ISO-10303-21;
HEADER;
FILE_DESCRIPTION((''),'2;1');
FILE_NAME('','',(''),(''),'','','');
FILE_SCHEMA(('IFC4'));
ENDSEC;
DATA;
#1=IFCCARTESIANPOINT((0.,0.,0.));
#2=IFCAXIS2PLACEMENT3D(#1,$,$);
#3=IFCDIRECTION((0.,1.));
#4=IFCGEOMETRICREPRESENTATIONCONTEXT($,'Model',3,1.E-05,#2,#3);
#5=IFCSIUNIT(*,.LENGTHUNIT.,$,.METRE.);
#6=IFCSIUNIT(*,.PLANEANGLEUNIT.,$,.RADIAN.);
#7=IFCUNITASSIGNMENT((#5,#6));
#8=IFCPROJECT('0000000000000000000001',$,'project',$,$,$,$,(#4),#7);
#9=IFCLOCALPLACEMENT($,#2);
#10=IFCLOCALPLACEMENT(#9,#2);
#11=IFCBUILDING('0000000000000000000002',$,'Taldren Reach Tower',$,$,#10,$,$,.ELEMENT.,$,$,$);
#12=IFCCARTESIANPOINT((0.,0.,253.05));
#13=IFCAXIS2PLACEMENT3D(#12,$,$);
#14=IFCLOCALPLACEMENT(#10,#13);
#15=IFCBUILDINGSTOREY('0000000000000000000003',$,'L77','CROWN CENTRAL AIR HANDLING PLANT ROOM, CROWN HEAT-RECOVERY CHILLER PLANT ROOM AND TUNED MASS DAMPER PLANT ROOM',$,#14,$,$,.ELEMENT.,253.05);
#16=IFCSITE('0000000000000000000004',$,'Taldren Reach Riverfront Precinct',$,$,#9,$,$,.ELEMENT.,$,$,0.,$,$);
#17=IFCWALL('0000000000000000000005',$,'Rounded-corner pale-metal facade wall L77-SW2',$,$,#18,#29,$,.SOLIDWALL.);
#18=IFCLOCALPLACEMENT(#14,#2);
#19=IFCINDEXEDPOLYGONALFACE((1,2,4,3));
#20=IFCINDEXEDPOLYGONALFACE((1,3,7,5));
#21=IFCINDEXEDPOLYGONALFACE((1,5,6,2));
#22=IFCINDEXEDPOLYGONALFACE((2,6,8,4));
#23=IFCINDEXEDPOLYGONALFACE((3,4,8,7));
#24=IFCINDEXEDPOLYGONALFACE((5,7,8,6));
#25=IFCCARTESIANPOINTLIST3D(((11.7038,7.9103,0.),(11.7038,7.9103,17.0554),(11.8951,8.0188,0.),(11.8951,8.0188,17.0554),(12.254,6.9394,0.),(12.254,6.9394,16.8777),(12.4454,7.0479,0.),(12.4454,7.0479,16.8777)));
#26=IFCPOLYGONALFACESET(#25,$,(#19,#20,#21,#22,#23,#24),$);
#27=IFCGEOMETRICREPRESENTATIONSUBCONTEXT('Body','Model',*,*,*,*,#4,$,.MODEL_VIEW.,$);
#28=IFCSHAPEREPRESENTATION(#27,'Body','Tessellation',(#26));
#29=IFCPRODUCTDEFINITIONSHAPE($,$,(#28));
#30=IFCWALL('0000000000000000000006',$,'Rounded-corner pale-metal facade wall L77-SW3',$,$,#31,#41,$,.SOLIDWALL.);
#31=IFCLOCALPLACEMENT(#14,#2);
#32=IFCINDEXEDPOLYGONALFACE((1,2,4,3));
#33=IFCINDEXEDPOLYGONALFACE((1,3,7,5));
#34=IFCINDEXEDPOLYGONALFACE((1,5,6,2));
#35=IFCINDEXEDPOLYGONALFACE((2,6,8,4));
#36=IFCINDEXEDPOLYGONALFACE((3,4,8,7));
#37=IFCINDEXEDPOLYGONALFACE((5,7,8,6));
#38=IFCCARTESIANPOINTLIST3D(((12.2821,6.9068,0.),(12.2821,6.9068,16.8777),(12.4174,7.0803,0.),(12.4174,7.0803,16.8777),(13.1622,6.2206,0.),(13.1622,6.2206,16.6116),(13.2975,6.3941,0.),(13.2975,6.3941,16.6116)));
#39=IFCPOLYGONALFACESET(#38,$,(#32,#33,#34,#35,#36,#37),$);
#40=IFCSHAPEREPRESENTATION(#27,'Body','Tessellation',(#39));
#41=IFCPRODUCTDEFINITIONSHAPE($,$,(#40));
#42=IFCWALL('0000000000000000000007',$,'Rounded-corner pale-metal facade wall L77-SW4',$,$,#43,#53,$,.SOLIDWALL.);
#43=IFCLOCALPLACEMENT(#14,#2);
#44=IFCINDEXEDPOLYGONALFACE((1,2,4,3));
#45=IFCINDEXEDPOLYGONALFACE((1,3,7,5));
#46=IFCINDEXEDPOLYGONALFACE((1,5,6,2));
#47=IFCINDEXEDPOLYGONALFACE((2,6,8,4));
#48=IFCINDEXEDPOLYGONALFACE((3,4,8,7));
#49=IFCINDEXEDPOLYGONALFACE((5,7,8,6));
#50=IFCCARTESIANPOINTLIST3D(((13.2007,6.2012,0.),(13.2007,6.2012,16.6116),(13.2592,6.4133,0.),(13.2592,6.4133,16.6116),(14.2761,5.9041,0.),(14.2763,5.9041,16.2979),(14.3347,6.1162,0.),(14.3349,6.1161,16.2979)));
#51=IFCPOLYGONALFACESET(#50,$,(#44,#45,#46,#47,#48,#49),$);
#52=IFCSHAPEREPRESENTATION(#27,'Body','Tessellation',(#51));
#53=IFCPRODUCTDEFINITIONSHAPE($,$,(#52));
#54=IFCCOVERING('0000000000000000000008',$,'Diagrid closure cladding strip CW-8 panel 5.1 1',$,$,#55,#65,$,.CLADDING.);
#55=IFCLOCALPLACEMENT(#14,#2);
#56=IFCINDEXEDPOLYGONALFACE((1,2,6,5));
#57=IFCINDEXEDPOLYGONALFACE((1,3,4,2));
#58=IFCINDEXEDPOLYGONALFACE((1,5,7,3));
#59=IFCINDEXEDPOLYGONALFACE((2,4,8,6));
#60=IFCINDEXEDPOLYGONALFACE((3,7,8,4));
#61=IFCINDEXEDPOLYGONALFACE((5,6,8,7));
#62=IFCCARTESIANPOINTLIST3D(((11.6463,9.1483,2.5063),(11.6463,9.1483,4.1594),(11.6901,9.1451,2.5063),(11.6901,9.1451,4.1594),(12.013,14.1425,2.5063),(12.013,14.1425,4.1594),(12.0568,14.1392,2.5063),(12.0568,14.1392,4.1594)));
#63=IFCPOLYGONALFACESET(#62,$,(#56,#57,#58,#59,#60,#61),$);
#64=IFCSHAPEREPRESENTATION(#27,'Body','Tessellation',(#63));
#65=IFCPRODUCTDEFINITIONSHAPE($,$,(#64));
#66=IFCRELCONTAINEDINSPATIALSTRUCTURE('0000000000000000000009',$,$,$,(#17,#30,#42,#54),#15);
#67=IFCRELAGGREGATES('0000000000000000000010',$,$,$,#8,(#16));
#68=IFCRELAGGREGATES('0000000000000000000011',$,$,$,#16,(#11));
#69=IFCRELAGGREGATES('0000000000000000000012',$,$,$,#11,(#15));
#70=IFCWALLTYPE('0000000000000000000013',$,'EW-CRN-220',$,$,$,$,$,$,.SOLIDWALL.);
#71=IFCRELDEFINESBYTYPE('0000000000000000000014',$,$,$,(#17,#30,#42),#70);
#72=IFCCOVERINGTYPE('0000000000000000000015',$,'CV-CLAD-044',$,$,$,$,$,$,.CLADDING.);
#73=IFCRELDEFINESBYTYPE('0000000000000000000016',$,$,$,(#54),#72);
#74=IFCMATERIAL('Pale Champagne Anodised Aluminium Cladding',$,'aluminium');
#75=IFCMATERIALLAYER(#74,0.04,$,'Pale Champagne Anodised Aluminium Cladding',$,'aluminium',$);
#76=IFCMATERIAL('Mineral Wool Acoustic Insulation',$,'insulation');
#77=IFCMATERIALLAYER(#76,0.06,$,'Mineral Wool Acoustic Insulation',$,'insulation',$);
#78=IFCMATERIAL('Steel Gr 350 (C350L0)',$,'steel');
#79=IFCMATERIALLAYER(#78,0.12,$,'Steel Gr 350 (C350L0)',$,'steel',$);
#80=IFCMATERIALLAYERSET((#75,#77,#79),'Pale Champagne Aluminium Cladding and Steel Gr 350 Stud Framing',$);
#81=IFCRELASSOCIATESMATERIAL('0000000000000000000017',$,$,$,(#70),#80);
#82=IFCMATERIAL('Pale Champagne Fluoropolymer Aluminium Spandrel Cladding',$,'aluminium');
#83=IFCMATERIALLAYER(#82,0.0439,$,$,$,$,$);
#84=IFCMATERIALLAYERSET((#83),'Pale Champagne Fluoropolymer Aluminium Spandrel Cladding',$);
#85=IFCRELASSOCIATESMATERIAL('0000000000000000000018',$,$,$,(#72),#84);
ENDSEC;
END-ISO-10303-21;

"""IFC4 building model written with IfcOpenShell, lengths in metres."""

from ifc_helpers import new_model, si_unit, direction, frame, origin, origin_2d, place, context, subcontext, project, spatial, polyline, rectangle, outline, extrude, source, transform, mapped, material, layer, layer_set, type_object, element, save


model = new_model("IFC4")

# Units and contexts
model_context = context("Model", 3, precision=1e-05, world=origin(), true_north=direction((0.0, 1.0)))
body_context = subcontext(model_context, "Body", "Model", "MODEL_VIEW")
ifc_project = project(units=[si_unit("LENGTHUNIT", "METRE"), si_unit("PLANEANGLEUNIT", "RADIAN")], contexts=[model_context])

# Site, building, storey
site_placement = place(None, origin())
site = spatial("IfcSite", under=ifc_project, at=site_placement, Name="Taldren Reach Riverfront Precinct", CompositionType="ELEMENT", RefElevation=0.0)
building_placement = place(site_placement, origin())
building = spatial("IfcBuilding", under=site, at=building_placement, Name="Taldren Reach Tower", CompositionType="ELEMENT")
storey_placement = place(building_placement, frame((0.0, 0.0, 253.05)))
storey = spatial("IfcBuildingStorey", under=building, at=storey_placement, Name="L77", Description="CROWN CENTRAL AIR HANDLING PLANT ROOM, CROWN HEAT-RECOVERY CHILLER PLANT ROOM AND TUNED MASS DAMPER PLANT ROOM", CompositionType="ELEMENT", Elevation=253.05)

# Shared definitions
ifc_material_1 = material(Name="Steel Gr 350 (C350L0)", Category="steel")

# Walls
ifc_material_2 = material(Name="Pale Champagne Anodised Aluminium Cladding", Category="aluminium")
ifc_layer_1 = layer(ifc_material_2, 0.04, Name="Pale Champagne Anodised Aluminium Cladding", Category="aluminium")
ifc_material_3 = material(Name="Mineral Wool Acoustic Insulation", Category="insulation")
ifc_layer_2 = layer(ifc_material_3, 0.06, Name="Mineral Wool Acoustic Insulation", Category="insulation")
ifc_layer_3 = layer(ifc_material_1, 0.12, Name="Steel Gr 350 (C350L0)", Category="steel")
ifc_layer_set_1 = layer_set([ifc_layer_1, ifc_layer_2, ifc_layer_3], Name="Pale Champagne Aluminium Cladding and Steel Gr 350 Stud Framing")
wall_type = type_object("IfcWallType", Name="EW-CRN-220", PredefinedType="SOLIDWALL", material=ifc_layer_set_1)
wall_1_placement = place(storey_placement, frame((11.7996, 7.9646, 0.0), z_axis=(0.0, 0.0, 1.0), x_axis=(0.493073, -0.869988, 0.0)))
element("IfcWall", 1, at=wall_1_placement, inside=storey, type_object=wall_type, Name="Rounded-corner pale-metal facade wall L77-SW2", PredefinedType="SOLIDWALL", context=body_context, shape_type="SweptSolid", body=[
    extrude(outline(polyline([(0.0, 0.0), (1.116, 0.0), (1.116, 16.8777), (0.0, 17.0554), (0.0, 0.0)])), frame((0.0, 0.1099, 0.0), z_axis=(0.0, -1.0, 0.0), x_axis=(1.0, 0.0, 0.0)), (0.0, 0.0, 1.0), 0.22),
])
wall_2_placement = place(storey_placement, frame((12.3499, 6.9937, 0.0), z_axis=(0.0, 0.0, 1.0), x_axis=(0.788598, -0.614909, 0.0)))
element("IfcWall", 2, at=wall_2_placement, inside=storey, type_object=wall_type, Name="Rounded-corner pale-metal facade wall L77-SW3", PredefinedType="SOLIDWALL", context=body_context, shape_type="SweptSolid", body=[
    extrude(outline(polyline([(0.0, 0.0), (1.116, 0.0), (1.116, 16.6116), (0.0, 16.8777), (0.0, 0.0)])), frame((0.0, 0.1099, 0.0), z_axis=(0.0, -1.0, 0.0), x_axis=(1.0, 0.0, 0.0)), (0.0, 0.0, 1.0), 0.22),
])
wall_3_placement = place(storey_placement, frame((13.23, 6.3074, 0.0), z_axis=(0.0, 0.0, 1.0), x_axis=(0.96389, -0.266301, 0.0)))
element("IfcWall", 3, at=wall_3_placement, inside=storey, type_object=wall_type, Name="Rounded-corner pale-metal facade wall L77-SW4", PredefinedType="SOLIDWALL", context=body_context, shape_type="SweptSolid", body=[
    extrude(outline(polyline([(0.0, 0.0), (1.1157, 0.0), (1.116, 16.2979), (0.0, 16.6116), (0.0, 0.0)])), frame((0.0, 0.1099, 0.0), z_axis=(0.0, -1.0, 0.0), x_axis=(1.0, 0.0, 0.0)), (0.0, 0.0, 1.0), 0.22),
])

# Covering
ifc_material_4 = material(Name="Pale Champagne Fluoropolymer Aluminium Spandrel Cladding", Category="aluminium")
ifc_layer_4 = layer(ifc_material_4, 0.0439)
ifc_layer_set_2 = layer_set([ifc_layer_4], Name="Pale Champagne Fluoropolymer Aluminium Spandrel Cladding")
covering_type = type_object("IfcCoveringType", Name="CV-CLAD-044", PredefinedType="CLADDING", material=ifc_layer_set_2)
shared_shape_1 = source(origin(), body_context, "Body", "SweptSolid", [
    extrude(rectangle(XDim=5.0076, YDim=0.0439, at=origin_2d()), origin(), (0.0, 0.0, 1.0), 1.6531),
])
covering_placement = place(storey_placement, frame((11.8516, 11.6438, 2.5063), z_axis=(0.0, 0.0, 1.0), x_axis=(-0.073238, -0.997314, 0.0)))
element("IfcCovering", 4, at=covering_placement, inside=storey, type_object=covering_type, Name="Diagrid closure cladding strip CW-8 panel 5.1 1", PredefinedType="CLADDING", context=body_context, shape_type="MappedRepresentation", body=[
    mapped(shared_shape_1, transform((0.0, 0.0, 0.0), scale=1.0)),
])

save(model, "model.ifc")
